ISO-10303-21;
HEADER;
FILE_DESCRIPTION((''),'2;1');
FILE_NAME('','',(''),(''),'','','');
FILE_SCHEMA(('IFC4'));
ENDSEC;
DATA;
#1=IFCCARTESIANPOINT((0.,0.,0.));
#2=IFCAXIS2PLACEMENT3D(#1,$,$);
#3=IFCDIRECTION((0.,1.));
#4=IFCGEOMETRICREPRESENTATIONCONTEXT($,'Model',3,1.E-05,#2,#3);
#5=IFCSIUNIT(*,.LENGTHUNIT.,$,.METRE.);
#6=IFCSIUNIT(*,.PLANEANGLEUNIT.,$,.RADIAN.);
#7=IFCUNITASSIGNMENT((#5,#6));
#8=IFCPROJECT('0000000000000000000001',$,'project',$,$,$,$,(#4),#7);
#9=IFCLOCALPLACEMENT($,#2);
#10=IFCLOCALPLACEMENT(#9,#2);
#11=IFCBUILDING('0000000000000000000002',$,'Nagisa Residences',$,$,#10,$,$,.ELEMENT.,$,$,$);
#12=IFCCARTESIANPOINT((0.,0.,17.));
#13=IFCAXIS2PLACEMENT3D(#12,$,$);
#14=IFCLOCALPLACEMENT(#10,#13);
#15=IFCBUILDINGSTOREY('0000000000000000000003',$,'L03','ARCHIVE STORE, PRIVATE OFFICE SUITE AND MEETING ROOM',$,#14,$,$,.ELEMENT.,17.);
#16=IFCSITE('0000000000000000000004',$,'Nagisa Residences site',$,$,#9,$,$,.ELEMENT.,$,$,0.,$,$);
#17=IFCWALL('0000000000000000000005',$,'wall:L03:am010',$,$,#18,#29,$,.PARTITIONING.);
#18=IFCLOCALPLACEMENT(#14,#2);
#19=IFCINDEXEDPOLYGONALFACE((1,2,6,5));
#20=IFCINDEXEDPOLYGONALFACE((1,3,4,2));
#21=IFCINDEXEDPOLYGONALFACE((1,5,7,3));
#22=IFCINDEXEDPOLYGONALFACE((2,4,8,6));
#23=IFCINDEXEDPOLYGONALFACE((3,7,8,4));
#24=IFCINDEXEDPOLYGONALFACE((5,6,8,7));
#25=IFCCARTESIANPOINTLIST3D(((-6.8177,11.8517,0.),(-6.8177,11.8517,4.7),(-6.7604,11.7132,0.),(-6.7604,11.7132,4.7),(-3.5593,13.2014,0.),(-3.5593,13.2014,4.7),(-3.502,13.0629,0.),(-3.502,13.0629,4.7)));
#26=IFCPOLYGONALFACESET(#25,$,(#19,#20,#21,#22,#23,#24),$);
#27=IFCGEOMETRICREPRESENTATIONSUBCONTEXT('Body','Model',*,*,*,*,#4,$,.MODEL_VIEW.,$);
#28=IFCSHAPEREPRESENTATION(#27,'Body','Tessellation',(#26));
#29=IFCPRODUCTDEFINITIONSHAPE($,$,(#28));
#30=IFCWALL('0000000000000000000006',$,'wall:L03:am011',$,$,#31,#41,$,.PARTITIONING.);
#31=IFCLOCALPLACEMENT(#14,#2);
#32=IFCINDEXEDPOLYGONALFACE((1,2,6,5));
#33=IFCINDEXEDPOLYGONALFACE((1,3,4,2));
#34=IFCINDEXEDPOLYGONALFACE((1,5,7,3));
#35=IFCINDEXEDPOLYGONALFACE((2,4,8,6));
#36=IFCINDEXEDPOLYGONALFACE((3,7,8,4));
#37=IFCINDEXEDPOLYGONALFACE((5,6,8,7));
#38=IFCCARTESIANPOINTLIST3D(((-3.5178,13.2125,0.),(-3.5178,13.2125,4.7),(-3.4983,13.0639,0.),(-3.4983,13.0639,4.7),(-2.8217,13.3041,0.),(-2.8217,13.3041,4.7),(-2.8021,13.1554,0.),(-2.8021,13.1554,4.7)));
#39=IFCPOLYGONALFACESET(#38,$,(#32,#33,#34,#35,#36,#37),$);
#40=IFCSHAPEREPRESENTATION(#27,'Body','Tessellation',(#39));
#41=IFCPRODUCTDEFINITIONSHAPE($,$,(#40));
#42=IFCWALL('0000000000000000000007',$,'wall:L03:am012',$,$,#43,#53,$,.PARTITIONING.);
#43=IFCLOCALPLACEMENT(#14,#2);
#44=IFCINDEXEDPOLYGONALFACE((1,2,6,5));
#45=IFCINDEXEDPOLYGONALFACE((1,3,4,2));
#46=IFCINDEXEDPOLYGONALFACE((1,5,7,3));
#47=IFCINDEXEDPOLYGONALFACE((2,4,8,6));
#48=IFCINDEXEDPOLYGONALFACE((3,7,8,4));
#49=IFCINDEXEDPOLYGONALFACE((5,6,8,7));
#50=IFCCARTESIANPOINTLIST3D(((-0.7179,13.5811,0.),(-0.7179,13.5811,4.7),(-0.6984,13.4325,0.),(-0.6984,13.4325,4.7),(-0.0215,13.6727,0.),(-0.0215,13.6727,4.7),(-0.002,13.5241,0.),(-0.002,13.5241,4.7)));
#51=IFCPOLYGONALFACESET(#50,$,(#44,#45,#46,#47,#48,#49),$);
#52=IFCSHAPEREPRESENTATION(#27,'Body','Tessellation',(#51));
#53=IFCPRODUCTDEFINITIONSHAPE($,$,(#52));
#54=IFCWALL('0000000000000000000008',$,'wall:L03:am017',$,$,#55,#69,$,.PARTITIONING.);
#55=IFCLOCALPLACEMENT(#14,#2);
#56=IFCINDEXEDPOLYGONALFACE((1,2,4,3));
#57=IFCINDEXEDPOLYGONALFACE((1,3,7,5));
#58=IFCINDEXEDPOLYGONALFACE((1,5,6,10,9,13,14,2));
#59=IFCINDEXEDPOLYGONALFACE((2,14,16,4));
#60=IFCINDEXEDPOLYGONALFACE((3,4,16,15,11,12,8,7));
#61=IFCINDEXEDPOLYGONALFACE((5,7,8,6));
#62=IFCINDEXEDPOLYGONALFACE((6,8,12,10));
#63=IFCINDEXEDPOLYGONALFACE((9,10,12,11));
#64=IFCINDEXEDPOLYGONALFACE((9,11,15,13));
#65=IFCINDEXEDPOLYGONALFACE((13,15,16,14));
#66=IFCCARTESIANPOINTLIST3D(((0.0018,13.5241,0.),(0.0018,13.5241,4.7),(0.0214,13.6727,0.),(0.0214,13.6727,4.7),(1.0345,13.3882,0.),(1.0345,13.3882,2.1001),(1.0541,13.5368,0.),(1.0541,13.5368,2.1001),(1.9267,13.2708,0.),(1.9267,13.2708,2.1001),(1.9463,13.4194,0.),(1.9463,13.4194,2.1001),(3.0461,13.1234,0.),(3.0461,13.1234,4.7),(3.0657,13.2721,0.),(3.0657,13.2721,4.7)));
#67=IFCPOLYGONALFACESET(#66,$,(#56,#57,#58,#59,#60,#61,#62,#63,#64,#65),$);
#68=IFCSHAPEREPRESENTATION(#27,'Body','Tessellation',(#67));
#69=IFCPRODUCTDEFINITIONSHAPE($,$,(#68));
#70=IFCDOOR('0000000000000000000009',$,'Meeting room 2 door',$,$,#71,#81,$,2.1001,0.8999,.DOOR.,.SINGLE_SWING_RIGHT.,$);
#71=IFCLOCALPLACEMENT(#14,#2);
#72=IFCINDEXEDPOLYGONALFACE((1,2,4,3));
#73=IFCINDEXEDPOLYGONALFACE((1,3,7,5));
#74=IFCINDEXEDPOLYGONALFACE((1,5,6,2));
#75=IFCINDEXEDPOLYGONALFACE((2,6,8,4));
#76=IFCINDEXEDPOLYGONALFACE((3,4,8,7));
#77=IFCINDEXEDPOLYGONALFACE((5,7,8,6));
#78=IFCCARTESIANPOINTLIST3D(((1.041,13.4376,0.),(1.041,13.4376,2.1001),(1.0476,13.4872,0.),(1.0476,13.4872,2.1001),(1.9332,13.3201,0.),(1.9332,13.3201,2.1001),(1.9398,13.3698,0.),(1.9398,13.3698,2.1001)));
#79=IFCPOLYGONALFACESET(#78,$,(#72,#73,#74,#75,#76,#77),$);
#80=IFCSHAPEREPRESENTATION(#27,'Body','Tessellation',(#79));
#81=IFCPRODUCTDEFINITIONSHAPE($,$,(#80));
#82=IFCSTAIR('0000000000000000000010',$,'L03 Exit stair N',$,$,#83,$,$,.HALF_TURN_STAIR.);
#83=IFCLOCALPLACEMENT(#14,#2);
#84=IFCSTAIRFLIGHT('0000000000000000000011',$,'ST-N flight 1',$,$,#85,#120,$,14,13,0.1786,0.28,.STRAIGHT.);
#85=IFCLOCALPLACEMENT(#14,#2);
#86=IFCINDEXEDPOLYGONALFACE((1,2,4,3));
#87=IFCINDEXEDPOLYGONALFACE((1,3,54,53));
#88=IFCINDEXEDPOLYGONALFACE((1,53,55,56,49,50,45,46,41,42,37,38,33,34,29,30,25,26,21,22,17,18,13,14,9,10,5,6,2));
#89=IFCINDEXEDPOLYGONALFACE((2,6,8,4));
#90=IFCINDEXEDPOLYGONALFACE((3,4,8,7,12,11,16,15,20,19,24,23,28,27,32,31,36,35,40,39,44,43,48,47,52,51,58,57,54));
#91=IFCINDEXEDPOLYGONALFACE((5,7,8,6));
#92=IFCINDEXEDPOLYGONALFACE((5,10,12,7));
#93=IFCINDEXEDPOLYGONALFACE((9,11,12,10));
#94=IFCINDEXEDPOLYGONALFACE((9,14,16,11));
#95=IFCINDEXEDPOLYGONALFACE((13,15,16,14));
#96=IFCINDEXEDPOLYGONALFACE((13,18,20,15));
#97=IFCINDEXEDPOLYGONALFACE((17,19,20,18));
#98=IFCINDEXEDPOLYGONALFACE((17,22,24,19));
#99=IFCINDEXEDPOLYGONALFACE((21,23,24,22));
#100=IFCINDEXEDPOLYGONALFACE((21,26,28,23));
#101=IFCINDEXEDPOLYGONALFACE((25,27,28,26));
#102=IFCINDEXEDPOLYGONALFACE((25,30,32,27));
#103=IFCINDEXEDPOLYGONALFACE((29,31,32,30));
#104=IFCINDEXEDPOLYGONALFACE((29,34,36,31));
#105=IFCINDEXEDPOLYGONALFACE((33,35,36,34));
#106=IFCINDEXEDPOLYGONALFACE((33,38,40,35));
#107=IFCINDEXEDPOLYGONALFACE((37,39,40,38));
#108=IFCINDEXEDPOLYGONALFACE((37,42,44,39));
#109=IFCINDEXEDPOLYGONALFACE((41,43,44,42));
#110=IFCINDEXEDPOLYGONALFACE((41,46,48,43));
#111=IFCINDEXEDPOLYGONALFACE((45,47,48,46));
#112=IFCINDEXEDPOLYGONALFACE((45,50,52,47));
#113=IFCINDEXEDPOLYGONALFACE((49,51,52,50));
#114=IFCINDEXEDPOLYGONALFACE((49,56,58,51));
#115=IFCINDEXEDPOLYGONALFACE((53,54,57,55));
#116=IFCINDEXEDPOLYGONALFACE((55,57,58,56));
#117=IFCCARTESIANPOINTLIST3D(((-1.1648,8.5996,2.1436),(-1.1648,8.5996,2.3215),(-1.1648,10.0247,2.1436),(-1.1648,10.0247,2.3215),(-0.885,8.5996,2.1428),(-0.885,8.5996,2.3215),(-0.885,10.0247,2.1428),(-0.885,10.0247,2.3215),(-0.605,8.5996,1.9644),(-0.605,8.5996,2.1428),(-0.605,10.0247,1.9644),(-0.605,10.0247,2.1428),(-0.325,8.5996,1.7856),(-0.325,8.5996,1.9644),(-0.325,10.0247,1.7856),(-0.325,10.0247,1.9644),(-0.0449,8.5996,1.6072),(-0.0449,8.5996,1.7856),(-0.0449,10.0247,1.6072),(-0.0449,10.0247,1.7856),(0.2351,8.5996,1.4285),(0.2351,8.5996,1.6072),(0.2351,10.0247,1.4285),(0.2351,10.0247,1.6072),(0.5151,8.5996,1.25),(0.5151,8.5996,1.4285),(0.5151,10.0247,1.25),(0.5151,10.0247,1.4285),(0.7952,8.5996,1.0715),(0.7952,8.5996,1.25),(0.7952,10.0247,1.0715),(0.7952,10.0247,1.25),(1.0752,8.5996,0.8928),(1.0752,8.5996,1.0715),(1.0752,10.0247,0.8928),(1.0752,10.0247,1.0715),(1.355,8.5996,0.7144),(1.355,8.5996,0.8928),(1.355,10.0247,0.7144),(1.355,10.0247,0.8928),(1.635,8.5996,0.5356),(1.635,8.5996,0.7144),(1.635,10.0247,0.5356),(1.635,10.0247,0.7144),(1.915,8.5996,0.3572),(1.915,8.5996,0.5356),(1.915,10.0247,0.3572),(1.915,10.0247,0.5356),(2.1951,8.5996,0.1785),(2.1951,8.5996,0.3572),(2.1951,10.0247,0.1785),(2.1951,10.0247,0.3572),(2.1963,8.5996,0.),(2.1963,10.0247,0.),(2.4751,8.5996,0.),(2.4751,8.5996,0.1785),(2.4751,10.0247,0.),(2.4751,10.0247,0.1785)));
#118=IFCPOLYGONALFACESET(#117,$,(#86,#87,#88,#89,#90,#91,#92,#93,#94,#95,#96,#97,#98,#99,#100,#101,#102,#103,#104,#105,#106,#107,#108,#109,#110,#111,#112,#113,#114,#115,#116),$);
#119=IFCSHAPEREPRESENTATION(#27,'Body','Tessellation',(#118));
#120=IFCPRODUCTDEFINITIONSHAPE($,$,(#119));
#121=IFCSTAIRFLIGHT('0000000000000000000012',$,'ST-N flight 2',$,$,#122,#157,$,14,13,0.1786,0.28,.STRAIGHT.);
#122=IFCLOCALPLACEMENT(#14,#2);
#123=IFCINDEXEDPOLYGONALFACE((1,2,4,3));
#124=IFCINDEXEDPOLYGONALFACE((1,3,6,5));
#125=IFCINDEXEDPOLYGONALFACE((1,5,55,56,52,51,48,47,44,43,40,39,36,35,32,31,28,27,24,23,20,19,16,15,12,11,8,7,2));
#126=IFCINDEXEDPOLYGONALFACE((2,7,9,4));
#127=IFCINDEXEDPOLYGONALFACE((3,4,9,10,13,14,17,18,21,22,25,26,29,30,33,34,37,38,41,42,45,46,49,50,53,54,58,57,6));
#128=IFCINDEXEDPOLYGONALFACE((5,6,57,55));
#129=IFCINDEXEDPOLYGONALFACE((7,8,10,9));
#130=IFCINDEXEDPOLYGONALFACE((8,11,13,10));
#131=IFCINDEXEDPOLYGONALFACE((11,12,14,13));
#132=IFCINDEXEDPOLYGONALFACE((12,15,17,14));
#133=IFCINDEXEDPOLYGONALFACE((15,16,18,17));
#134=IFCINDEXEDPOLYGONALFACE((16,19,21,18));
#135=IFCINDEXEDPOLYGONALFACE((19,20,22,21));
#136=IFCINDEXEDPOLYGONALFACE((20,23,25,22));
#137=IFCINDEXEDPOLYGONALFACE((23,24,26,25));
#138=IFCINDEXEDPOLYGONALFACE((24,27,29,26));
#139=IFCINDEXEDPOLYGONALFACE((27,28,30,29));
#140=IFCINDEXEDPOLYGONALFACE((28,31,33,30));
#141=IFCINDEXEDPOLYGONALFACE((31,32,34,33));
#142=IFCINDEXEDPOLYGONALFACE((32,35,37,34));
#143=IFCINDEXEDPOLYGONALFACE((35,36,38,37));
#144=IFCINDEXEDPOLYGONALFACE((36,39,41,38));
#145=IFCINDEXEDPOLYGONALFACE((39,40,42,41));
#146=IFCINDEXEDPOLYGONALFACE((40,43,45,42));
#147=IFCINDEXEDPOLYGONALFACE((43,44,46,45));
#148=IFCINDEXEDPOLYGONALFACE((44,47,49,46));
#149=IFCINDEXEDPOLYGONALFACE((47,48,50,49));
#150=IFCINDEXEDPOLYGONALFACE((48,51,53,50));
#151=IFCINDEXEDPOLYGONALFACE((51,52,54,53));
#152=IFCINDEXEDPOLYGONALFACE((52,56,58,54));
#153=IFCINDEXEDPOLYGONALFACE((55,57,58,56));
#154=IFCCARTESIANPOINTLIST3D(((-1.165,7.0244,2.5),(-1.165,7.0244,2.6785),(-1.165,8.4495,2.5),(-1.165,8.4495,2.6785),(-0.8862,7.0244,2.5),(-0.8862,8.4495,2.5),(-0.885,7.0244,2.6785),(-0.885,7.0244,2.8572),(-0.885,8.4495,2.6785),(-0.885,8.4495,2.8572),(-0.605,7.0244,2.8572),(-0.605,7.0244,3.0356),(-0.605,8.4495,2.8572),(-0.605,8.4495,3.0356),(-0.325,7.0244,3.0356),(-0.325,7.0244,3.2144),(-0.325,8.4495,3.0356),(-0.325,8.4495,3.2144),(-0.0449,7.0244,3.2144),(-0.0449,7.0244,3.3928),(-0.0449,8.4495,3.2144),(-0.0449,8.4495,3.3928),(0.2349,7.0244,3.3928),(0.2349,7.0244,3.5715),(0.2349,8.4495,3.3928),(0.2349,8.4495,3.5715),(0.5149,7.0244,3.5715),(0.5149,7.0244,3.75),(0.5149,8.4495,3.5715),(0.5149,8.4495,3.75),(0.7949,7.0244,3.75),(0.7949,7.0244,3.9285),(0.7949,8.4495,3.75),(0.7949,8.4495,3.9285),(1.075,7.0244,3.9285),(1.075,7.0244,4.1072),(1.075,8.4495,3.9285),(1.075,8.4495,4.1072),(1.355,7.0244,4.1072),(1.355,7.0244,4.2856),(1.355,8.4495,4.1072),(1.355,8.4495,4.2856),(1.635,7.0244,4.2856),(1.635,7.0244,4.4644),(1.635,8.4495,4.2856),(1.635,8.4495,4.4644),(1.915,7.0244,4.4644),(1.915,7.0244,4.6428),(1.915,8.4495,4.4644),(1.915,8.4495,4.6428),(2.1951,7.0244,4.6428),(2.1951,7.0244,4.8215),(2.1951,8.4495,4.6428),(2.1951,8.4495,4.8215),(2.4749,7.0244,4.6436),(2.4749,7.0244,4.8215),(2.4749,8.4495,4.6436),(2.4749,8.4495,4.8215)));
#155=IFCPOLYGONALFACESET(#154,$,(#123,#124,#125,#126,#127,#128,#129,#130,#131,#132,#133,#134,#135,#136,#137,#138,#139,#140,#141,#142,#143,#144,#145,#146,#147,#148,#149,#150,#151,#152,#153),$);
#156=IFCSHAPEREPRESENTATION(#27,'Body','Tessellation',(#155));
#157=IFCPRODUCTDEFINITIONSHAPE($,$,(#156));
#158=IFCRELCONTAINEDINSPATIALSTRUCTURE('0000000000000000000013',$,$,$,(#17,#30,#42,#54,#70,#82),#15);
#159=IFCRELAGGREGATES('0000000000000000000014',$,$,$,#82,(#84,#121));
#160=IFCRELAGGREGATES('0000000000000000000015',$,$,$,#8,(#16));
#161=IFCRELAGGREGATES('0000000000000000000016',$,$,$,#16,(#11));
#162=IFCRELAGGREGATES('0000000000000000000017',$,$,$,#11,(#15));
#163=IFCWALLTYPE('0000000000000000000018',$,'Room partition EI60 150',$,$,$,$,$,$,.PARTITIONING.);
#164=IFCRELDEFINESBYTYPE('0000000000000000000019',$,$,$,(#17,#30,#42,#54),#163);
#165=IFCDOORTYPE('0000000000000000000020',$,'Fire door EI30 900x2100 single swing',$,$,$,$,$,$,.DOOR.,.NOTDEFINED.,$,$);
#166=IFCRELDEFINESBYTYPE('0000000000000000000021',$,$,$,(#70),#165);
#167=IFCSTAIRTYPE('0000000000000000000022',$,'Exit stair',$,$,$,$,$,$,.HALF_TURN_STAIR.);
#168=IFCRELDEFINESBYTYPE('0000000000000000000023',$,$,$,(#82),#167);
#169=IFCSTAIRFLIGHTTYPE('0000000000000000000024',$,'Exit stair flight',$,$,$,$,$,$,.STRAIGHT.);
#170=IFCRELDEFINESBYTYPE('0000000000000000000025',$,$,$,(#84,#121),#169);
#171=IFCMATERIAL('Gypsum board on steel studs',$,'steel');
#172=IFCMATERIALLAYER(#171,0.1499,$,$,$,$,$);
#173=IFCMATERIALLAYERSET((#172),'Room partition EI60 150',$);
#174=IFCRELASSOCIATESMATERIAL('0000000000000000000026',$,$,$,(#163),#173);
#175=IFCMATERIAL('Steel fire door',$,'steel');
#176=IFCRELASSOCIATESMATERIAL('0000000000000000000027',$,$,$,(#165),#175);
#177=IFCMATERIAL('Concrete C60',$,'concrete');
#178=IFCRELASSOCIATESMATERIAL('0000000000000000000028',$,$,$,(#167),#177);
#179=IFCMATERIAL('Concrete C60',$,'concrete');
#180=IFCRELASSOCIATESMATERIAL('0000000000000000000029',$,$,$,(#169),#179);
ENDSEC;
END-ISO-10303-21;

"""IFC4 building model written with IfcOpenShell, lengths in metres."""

from ifc_helpers import new_model, si_unit, direction, frame, frame_2d, origin, place, context, subcontext, project, spatial, polyline, rectangle, outline, extrude, material, layer, layer_set, type_object, element, fill, aggregate, save


model = new_model("IFC4")

# Units and contexts
model_context = context("Model", 3, precision=1e-05, world=origin(), true_north=direction((0.0, 1.0)))
body_context = subcontext(model_context, "Body", "Model", "MODEL_VIEW")
ifc_project = project(units=[si_unit("LENGTHUNIT", "METRE"), si_unit("PLANEANGLEUNIT", "RADIAN")], contexts=[model_context])

# Site, building, storey
site_placement = place(None, origin())
site = spatial("IfcSite", under=ifc_project, at=site_placement, Name="Nagisa Residences site", CompositionType="ELEMENT", RefElevation=0.0)
building_placement = place(site_placement, origin())
building = spatial("IfcBuilding", under=site, at=building_placement, Name="Nagisa Residences", CompositionType="ELEMENT")
storey_placement = place(building_placement, frame((0.0, 0.0, 17.0)))
storey = spatial("IfcBuildingStorey", under=building, at=storey_placement, Name="L03", Description="ARCHIVE STORE, PRIVATE OFFICE SUITE AND MEETING ROOM", CompositionType="ELEMENT", Elevation=17.0)

# Shared definitions
ifc_material_1 = material(Name="Gypsum board on steel studs", Category="steel")
ifc_layer_1 = layer(ifc_material_1, 0.1499)
ifc_layer_set_1 = layer_set([ifc_layer_1], Name="Room partition EI60 150")
wall_type_1 = type_object("IfcWallType", Name="Room partition EI60 150", PredefinedType="PARTITIONING", material=ifc_layer_set_1)

# Walls
wall_1_placement = place(storey_placement, frame((-6.7891, 11.7825, 0.0), z_axis=(0.0, 0.0, 1.0), x_axis=(0.923882, 0.382678, 0.0)))
element("IfcWall", 1, at=wall_1_placement, inside=storey, type_object=wall_type_1, Name="wall:L03:am010", PredefinedType="PARTITIONING", context=body_context, shape_type="SweptSolid", body=[
    extrude(rectangle(XDim=3.5269, YDim=0.1499, at=frame_2d((1.7634, 0.0))), origin(), (0.0, 0.0, 1.0), 4.7),
])
wall_2_placement = place(storey_placement, frame((-3.5081, 13.1382, 0.0), z_axis=(0.0, 0.0, 1.0), x_axis=(0.99146, 0.13041, 0.0)))
element("IfcWall", 2, at=wall_2_placement, inside=storey, type_object=wall_type_1, Name="wall:L03:am011", PredefinedType="PARTITIONING", context=body_context, shape_type="SweptSolid", body=[
    extrude(rectangle(XDim=0.7021, YDim=0.1499, at=frame_2d((0.3511, 0.0))), origin(), (0.0, 0.0, 1.0), 4.7),
])
wall_3_placement = place(storey_placement, frame((-0.708, 13.5068, 0.0), z_axis=(0.0, 0.0, 1.0), x_axis=(0.991466, 0.130365, 0.0)))
element("IfcWall", 3, at=wall_3_placement, inside=storey, type_object=wall_type_1, Name="wall:L03:am012", PredefinedType="PARTITIONING", context=body_context, shape_type="SweptSolid", body=[
    extrude(rectangle(XDim=0.7024, YDim=0.1499, at=frame_2d((0.3511, 0.0))), origin(), (0.0, 0.0, 1.0), 4.7),
])

# Wall, opening, door
wall_4_placement = place(storey_placement, frame((0.0117, 13.5984, 0.0), z_axis=(0.0, 0.0, 1.0), x_axis=(0.991451, -0.130481, 0.0)))
wall_4 = element("IfcWall", 4, at=wall_4_placement, inside=storey, type_object=wall_type_1, Name="wall:L03:am017", PredefinedType="PARTITIONING", context=body_context, shape_type="SweptSolid", body=[
    extrude(rectangle(XDim=3.0706, YDim=0.1499, at=frame_2d((1.5352, 0.0))), origin(), (0.0, 0.0, 1.0), 4.7),
])
opening_1_placement = place(wall_4_placement, frame((1.0415, 0.0, 0.0)))
opening_1 = element("IfcOpeningElement", 5, at=opening_1_placement, cuts=wall_4, PredefinedType="OPENING", context=body_context, shape_type="SweptSolid", body=[
    extrude(rectangle(XDim=0.8999, YDim=2.1001, at=frame_2d((0.45, 1.05))), frame((0.0, 0.085, 0.0), z_axis=(0.0, -1.0, 0.0), x_axis=(1.0, 0.0, 0.0)), (0.0, 0.0, 1.0), 0.1699),
])
ifc_material_2 = material(Name="Steel fire door", Category="steel")
door_type_1 = type_object("IfcDoorType", Name="Fire door EI30 900x2100 single swing", OperationType="NOTDEFINED", PredefinedType="DOOR", material=ifc_material_2)
door_1_placement = place(opening_1_placement, origin())
door_1 = element("IfcDoor", 6, at=door_1_placement, inside=storey, type_object=door_type_1, Name="Meeting room 2 door", OperationType="SINGLE_SWING_RIGHT", OverallHeight=2.1001, OverallWidth=0.8999, PredefinedType="DOOR", context=body_context, shape_type="SweptSolid", body=[
    extrude(rectangle(XDim=0.8999, YDim=2.1001, at=frame_2d((0.45, 1.05))), frame((0.0, 0.0249, 0.0), z_axis=(0.0, -1.0, 0.0), x_axis=(1.0, 0.0, 0.0)), (0.0, 0.0, 1.0), 0.05),
])
fill(opening_1, door_1)

# Stair, stair flights
ifc_material_3 = material(Name="Concrete C60", Category="concrete")
stair_type = type_object("IfcStairType", Name="Exit stair", PredefinedType="HALF_TURN_STAIR", material=ifc_material_3)
stair_placement = place(storey_placement, origin())
stair = element("IfcStair", 7, at=stair_placement, inside=storey, type_object=stair_type, Name="L03 Exit stair N", PredefinedType="HALF_TURN_STAIR")
ifc_material_4 = material(Name="Concrete C60", Category="concrete")
stair_flight_type = type_object("IfcStairFlightType", Name="Exit stair flight", PredefinedType="STRAIGHT", material=ifc_material_4)
stair_flight_1_placement = place(storey_placement, frame((2.4751, 9.312, 0.0), z_axis=(0.0, 0.0, 1.0), x_axis=(-1.0, 0.0, 0.0)))
stair_flight_1 = element("IfcStairFlight", 8, at=stair_flight_1_placement, type_object=stair_flight_type, Name="ST-N flight 1", NumberOfRisers=14, NumberOfTreads=13, PredefinedType="STRAIGHT", RiserHeight=0.1786, TreadLength=0.28, context=body_context, shape_type="SweptSolid", body=[
    extrude(outline(polyline([(0.0, 0.0), (0.0, 0.1785), (0.28, 0.1785), (0.28, 0.3572), (0.5601, 0.3572), (0.5601, 0.5356), (0.8401, 0.5356), (0.8401, 0.7144), (1.1201, 0.7144), (1.1201, 0.8928), (1.3999, 0.8928), (1.3999, 1.0715), (1.6799, 1.0715), (1.6799, 1.25), (1.96, 1.25), (1.96, 1.4285), (2.24, 1.4285), (2.24, 1.6072), (2.52, 1.6072), (2.52, 1.7856), (2.8, 1.7856), (2.8, 1.9644), (3.0801, 1.9644), (3.0801, 2.1428), (3.3601, 2.1428), (3.3601, 2.3215), (3.6399, 2.3215), (3.6399, 2.5), (3.6399, 2.1436), (0.2788, 0.0), (0.0, 0.0)])), frame((0.0, 0.7124, 0.0), z_axis=(0.0, -1.0, 0.0), x_axis=(1.0, 0.0, 0.0)), (0.0, 0.0, 1.0), 1.425),
])
stair_flight_2_placement = place(storey_placement, frame((-1.165, 7.7371, 2.5), z_axis=(0.0, 0.0, 1.0), x_axis=(1.0, 0.0, 0.0)))
stair_flight_2 = element("IfcStairFlight", 9, at=stair_flight_2_placement, type_object=stair_flight_type, Name="ST-N flight 2", NumberOfRisers=14, NumberOfTreads=13, PredefinedType="STRAIGHT", RiserHeight=0.1786, TreadLength=0.28, context=body_context, shape_type="SweptSolid", body=[
    extrude(outline(polyline([(0.0, 0.0), (0.0, 0.1785), (0.28, 0.1785), (0.28, 0.3572), (0.5601, 0.3572), (0.5601, 0.5356), (0.8401, 0.5356), (0.8401, 0.7144), (1.1201, 0.7144), (1.1201, 0.8928), (1.3999, 0.8928), (1.3999, 1.0715), (1.6799, 1.0715), (1.6799, 1.25), (1.96, 1.25), (1.96, 1.4285), (2.24, 1.4285), (2.24, 1.6072), (2.52, 1.6072), (2.52, 1.7856), (2.8, 1.7856), (2.8, 1.9644), (3.0801, 1.9644), (3.0801, 2.1428), (3.3601, 2.1428), (3.3601, 2.3215), (3.6399, 2.3215), (3.6399, 2.5), (3.6399, 2.1436), (0.2788, 0.0), (0.0, 0.0)])), frame((0.0, 0.7124, 0.0), z_axis=(0.0, -1.0, 0.0), x_axis=(1.0, 0.0, 0.0)), (0.0, 0.0, 1.0), 1.425),
])
aggregate(stair, [stair_flight_1, stair_flight_2])

save(model, "model.ifc")
